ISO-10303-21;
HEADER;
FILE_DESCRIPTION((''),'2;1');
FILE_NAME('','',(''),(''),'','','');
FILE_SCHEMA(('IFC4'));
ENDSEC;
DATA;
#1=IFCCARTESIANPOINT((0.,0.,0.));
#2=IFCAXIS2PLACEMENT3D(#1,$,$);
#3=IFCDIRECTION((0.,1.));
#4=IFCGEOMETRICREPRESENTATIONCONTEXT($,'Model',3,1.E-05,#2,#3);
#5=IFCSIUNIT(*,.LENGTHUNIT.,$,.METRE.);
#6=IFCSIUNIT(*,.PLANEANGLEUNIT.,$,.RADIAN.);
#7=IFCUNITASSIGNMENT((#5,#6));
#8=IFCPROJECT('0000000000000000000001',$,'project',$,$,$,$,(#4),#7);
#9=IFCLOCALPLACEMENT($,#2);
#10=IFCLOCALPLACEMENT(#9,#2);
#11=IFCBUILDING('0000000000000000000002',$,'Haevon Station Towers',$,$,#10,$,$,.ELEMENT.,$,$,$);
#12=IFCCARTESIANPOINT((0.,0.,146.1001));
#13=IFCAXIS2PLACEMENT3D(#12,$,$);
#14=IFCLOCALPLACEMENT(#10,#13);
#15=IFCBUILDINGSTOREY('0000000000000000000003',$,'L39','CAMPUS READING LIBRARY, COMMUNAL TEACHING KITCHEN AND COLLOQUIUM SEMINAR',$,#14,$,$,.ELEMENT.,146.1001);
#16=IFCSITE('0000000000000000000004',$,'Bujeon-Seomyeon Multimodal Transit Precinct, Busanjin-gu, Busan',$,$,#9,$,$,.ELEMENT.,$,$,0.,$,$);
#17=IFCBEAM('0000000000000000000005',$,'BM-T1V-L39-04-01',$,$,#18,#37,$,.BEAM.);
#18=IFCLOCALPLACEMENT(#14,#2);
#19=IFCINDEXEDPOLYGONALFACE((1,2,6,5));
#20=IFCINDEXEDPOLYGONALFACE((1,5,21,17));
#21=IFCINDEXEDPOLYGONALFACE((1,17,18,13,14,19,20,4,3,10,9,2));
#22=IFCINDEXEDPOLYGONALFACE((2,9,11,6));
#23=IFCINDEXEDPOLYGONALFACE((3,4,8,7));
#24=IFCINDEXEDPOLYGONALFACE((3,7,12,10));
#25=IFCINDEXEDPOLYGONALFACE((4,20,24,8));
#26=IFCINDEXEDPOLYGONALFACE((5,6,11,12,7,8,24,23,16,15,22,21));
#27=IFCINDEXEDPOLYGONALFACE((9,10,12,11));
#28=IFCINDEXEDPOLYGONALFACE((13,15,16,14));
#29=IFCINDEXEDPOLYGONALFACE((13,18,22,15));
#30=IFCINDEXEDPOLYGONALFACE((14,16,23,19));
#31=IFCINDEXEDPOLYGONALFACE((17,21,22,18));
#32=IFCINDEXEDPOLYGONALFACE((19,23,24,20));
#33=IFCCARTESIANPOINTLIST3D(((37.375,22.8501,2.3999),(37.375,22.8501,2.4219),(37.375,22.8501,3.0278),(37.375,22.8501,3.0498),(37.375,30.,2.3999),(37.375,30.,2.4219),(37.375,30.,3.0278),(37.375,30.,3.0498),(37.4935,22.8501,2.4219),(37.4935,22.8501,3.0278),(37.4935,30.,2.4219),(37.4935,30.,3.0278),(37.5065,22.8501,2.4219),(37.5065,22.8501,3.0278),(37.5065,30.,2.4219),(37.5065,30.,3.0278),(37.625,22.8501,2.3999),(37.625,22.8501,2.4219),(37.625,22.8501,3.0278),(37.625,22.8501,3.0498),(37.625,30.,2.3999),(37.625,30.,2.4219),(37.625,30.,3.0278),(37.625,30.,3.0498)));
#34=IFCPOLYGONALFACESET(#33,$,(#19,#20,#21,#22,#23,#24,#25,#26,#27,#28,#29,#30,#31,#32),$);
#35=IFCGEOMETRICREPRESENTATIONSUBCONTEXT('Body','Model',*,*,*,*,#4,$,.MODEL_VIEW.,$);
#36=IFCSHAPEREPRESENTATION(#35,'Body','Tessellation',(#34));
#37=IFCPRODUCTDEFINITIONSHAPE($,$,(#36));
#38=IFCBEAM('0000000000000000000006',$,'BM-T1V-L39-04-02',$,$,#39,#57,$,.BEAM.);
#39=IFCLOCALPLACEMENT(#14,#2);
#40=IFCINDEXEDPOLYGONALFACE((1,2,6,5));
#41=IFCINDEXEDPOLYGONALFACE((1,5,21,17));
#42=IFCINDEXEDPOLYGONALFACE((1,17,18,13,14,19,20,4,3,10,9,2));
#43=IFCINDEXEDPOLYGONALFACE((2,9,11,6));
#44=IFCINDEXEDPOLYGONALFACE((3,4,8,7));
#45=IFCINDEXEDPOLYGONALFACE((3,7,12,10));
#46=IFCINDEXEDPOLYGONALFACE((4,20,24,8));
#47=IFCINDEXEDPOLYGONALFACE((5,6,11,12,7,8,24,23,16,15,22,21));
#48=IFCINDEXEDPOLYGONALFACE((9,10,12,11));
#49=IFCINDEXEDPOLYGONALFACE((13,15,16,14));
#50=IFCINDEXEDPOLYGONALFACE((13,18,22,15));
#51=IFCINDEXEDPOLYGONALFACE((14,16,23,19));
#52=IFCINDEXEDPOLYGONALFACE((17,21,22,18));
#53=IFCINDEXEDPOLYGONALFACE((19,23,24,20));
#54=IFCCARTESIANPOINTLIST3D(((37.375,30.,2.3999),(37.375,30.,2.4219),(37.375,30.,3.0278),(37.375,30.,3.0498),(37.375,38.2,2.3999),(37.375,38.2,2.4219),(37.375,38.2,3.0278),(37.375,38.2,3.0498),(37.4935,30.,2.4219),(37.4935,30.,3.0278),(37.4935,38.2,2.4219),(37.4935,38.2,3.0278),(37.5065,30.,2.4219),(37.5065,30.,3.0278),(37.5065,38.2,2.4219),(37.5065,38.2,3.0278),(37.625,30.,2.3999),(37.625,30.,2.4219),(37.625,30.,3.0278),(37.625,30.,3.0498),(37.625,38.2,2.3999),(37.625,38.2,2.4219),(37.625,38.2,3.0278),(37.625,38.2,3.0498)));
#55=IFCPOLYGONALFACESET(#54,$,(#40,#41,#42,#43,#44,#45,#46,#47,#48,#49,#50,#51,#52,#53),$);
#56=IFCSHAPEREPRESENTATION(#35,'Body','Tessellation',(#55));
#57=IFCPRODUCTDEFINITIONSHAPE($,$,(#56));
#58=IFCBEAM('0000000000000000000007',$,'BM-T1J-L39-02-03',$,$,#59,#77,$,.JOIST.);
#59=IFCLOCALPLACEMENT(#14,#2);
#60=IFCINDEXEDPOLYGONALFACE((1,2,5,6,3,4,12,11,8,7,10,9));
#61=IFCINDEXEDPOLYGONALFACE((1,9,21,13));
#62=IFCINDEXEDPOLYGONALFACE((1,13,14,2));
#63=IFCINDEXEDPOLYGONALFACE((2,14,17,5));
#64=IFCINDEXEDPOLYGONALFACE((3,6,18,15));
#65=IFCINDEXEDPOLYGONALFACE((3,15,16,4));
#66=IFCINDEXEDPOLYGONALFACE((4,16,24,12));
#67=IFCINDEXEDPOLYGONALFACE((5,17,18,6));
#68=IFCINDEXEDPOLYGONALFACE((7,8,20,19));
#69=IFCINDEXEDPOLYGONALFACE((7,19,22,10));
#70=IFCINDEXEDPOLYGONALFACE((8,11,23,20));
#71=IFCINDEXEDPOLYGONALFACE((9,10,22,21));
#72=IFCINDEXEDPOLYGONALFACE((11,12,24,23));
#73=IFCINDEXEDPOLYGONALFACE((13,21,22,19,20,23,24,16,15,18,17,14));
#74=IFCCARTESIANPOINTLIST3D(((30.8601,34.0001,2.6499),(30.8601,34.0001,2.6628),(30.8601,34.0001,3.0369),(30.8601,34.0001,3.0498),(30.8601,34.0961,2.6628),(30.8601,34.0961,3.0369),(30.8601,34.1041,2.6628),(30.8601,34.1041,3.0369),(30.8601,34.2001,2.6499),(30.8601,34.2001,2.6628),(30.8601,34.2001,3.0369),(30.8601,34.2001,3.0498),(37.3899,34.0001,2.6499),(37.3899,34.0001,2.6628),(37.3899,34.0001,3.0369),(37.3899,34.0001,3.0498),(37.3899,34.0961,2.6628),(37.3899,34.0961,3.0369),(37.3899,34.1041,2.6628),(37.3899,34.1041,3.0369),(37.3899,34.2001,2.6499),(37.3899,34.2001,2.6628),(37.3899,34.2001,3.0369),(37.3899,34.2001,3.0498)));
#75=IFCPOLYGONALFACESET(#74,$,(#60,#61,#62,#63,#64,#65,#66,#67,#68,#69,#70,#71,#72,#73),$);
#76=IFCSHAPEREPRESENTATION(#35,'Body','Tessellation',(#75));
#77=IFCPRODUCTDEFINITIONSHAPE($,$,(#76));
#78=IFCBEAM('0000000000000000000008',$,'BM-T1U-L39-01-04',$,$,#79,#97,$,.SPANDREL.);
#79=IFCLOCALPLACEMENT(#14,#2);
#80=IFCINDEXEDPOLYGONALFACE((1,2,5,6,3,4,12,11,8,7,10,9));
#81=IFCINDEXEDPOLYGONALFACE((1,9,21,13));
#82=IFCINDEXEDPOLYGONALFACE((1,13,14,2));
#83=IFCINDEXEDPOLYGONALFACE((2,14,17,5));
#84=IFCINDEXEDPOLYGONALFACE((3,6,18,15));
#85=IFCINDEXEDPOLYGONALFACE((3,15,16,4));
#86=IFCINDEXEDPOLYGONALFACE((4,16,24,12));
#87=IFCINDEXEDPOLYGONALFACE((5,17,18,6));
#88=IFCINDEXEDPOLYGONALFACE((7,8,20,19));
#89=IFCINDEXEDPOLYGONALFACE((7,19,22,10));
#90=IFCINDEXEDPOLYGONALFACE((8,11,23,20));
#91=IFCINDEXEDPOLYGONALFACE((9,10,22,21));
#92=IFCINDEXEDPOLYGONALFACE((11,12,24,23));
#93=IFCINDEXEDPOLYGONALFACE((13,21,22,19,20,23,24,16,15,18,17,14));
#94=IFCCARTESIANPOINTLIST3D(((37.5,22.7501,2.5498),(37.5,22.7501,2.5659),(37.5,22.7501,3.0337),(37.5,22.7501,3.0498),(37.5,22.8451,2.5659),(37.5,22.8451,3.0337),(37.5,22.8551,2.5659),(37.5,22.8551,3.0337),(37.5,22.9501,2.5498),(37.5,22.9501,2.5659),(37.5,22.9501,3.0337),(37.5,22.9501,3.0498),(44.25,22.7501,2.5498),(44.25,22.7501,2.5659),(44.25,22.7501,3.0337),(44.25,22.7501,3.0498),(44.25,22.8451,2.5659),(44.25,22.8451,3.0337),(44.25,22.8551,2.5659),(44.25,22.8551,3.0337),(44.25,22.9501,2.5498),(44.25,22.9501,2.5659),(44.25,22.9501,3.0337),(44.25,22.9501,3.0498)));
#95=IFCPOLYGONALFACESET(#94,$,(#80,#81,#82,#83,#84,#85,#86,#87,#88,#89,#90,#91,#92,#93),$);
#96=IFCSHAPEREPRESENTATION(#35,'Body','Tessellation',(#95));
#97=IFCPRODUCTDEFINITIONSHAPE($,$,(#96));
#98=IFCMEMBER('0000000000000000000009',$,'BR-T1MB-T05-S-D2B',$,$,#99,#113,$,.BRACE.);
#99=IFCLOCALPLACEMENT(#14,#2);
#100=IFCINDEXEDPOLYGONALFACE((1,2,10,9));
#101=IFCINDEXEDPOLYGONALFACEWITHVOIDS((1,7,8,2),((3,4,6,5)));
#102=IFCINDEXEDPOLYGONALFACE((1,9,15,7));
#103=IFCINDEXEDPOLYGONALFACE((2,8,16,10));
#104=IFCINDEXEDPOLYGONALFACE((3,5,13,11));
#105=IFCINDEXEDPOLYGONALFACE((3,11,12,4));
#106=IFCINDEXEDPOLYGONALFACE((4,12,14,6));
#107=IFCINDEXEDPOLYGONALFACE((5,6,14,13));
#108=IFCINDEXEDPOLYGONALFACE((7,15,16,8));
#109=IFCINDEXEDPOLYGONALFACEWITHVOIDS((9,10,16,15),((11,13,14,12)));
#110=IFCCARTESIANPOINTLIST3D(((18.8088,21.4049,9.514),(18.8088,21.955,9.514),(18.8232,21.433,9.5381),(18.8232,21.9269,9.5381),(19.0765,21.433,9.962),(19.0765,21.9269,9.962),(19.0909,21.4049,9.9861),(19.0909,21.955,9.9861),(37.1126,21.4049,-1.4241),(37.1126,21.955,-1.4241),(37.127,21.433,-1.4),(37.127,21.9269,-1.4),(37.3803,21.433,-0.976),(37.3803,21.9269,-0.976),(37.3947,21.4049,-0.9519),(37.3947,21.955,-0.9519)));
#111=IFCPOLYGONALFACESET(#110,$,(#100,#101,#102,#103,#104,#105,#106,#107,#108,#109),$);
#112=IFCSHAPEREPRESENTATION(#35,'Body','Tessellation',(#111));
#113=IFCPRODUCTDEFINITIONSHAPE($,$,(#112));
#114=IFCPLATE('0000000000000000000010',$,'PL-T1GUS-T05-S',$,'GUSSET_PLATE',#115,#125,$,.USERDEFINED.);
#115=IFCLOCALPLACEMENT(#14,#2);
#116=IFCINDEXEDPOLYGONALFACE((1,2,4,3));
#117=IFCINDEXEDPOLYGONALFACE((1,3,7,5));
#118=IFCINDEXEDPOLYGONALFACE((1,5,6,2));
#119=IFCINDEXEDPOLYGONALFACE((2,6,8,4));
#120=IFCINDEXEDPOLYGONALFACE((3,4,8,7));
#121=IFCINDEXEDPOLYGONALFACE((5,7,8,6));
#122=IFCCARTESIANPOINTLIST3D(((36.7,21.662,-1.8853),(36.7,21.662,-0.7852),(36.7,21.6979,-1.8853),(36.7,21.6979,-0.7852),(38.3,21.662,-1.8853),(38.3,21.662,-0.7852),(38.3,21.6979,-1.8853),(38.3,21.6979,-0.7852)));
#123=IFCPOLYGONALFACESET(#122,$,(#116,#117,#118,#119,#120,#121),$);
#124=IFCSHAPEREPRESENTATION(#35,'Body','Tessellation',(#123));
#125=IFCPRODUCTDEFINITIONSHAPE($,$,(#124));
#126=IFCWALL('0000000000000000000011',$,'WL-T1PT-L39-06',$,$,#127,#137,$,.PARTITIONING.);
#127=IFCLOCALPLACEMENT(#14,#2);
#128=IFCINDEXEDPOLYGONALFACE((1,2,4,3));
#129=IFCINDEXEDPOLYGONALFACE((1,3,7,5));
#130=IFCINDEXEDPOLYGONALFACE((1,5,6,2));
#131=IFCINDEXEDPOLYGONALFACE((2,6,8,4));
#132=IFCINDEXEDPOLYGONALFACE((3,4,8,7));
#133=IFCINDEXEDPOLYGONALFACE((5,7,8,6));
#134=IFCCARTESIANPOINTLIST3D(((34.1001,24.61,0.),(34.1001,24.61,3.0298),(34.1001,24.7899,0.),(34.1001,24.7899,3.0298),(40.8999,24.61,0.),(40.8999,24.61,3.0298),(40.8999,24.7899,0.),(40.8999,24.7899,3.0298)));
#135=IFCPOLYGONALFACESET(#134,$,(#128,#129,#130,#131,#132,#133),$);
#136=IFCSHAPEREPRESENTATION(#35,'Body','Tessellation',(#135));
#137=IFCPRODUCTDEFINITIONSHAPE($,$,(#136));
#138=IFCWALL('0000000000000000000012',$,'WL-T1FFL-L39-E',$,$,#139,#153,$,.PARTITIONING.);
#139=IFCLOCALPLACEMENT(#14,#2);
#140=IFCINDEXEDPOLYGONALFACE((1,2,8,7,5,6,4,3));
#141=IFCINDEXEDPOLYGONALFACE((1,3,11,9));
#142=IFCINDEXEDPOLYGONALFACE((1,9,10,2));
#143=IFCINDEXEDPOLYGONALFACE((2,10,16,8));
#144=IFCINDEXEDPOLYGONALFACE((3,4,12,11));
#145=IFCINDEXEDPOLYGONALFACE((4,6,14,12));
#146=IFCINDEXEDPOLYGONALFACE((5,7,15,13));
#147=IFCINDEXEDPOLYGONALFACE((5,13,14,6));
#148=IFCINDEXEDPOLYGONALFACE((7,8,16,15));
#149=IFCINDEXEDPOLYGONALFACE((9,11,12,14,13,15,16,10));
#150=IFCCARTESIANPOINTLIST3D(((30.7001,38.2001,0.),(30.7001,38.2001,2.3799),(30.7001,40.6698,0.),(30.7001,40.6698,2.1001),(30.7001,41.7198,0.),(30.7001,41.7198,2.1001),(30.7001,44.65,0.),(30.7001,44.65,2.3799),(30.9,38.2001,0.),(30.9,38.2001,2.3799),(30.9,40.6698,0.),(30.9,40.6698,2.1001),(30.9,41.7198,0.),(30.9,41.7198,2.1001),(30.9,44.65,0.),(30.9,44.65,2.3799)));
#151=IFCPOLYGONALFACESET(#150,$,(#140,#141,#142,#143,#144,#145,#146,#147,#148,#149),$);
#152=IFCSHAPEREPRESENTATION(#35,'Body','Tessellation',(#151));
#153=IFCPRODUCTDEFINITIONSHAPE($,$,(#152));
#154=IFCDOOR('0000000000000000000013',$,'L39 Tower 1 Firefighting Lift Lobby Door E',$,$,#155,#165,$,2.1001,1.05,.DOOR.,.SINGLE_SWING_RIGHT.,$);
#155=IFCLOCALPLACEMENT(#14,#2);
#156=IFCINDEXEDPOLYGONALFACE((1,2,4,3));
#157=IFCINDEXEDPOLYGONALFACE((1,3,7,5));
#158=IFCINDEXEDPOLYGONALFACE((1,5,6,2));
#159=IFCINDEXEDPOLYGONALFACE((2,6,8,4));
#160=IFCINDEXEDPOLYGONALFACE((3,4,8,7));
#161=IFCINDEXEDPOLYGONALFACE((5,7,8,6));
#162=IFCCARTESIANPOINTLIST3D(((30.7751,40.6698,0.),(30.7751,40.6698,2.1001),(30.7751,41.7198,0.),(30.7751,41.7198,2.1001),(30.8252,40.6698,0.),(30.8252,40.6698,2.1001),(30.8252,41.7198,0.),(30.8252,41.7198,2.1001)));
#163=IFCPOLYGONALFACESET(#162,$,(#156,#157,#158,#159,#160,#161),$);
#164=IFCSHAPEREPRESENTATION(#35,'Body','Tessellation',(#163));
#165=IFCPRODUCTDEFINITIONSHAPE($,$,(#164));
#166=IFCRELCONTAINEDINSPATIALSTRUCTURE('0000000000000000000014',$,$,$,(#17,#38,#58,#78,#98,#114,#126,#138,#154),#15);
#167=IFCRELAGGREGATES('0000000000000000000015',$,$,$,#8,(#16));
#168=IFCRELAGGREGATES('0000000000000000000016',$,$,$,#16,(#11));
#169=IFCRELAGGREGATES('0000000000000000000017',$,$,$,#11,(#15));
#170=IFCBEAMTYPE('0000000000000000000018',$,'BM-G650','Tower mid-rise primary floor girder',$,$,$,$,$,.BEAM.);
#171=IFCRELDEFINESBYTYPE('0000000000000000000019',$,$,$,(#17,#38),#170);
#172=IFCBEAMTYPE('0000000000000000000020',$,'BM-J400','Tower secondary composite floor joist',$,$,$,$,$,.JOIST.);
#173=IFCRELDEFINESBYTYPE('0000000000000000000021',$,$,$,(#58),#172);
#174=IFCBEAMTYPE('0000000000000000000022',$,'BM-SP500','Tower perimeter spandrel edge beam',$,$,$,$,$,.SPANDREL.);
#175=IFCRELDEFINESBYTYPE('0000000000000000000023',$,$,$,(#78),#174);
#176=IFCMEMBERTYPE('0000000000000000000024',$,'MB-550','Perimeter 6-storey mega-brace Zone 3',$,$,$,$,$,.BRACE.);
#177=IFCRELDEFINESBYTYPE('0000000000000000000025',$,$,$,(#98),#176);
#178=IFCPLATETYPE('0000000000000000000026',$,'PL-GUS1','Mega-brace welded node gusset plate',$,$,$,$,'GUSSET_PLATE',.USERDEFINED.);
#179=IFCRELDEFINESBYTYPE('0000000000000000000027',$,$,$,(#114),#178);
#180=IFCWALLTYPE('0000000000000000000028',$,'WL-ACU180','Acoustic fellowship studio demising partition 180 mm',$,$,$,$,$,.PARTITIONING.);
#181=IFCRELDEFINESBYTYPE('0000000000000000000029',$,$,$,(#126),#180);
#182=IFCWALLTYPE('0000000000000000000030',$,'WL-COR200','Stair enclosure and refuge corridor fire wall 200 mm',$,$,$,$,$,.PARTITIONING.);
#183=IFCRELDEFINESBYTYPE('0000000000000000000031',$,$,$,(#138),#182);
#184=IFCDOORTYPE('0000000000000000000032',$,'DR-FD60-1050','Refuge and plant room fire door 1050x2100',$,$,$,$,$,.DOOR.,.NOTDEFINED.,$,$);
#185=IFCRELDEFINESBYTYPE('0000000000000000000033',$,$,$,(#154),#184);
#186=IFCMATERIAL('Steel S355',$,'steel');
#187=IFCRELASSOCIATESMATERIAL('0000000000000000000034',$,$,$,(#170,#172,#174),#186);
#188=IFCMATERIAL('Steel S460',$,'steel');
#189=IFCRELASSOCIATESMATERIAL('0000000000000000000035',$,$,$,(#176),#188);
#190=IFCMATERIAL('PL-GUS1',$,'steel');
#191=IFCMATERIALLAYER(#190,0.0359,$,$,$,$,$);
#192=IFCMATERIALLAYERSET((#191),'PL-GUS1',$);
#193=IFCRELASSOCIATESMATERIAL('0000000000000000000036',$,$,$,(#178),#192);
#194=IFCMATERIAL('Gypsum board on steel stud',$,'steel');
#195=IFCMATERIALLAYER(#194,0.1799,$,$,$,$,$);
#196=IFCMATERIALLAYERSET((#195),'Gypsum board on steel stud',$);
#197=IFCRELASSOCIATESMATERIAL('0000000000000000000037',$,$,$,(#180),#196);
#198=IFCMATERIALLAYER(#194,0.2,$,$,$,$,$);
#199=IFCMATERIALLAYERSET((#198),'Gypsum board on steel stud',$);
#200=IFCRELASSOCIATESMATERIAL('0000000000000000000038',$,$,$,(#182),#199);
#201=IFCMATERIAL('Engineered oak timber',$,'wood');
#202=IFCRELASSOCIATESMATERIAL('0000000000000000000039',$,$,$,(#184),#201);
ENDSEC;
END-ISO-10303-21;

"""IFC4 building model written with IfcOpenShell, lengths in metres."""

from ifc_helpers import new_model, si_unit, direction, frame, frame_2d, origin, origin_2d, place, context, subcontext, project, spatial, rectangle, hollow_rectangle, i_section, extrude, material, layer, layer_set, material_profile, profile_set, type_object, element, fill, save


model = new_model("IFC4")

# Units and contexts
model_context = context("Model", 3, precision=1e-05, world=origin(), true_north=direction((0.0, 1.0)))
body_context = subcontext(model_context, "Body", "Model", "MODEL_VIEW")
ifc_project = project(units=[si_unit("LENGTHUNIT", "METRE"), si_unit("PLANEANGLEUNIT", "RADIAN")], contexts=[model_context])

# Site, building, storey
site_placement = place(None, origin())
site = spatial("IfcSite", under=ifc_project, at=site_placement, Name="Bujeon-Seomyeon Multimodal Transit Precinct, Busanjin-gu, Busan", CompositionType="ELEMENT", RefElevation=0.0)
building_placement = place(site_placement, origin())
building = spatial("IfcBuilding", under=site, at=building_placement, Name="Haevon Station Towers", CompositionType="ELEMENT")
storey_placement = place(building_placement, frame((0.0, 0.0, 146.1001)))
storey = spatial("IfcBuildingStorey", under=building, at=storey_placement, Name="L39", Description="CAMPUS READING LIBRARY, COMMUNAL TEACHING KITCHEN AND COLLOQUIUM SEMINAR", CompositionType="ELEMENT", Elevation=146.1001)

# Shared definitions
ifc_material_1 = material(Name="Steel S355", Category="steel")

# Beams
ifc_material_profile_1 = material_profile(ifc_material_1, i_section(OverallWidth=0.25, OverallDepth=0.6499, WebThickness=0.0129, FlangeThickness=0.022, at=origin_2d()), Name="H-650x250x13x22")
ifc_profile_set_1 = profile_set([ifc_material_profile_1], Name="Steel S355")
beam_type_1 = type_object("IfcBeamType", Name="BM-G650", Description="Tower mid-rise primary floor girder", PredefinedType="BEAM", material=ifc_profile_set_1)
beam_1_placement = place(storey_placement, frame((37.5, 22.8501, 2.7249), z_axis=(0.0, 1.0, 0.0), x_axis=(-1.0, 0.0, 0.0)))
element("IfcBeam", 1, at=beam_1_placement, inside=storey, type_object=beam_type_1, Name="BM-T1V-L39-04-01", PredefinedType="BEAM", context=body_context, shape_type="SweptSolid", body=[
    extrude(i_section(OverallWidth=0.25, OverallDepth=0.6499, WebThickness=0.0129, FlangeThickness=0.022, at=origin_2d()), origin(), (0.0, 0.0, 1.0), 7.1499),
])
beam_2_placement = place(storey_placement, frame((37.5, 30.0, 2.7249), z_axis=(0.0, 1.0, 0.0), x_axis=(-1.0, 0.0, 0.0)))
element("IfcBeam", 2, at=beam_2_placement, inside=storey, type_object=beam_type_1, Name="BM-T1V-L39-04-02", PredefinedType="BEAM", context=body_context, shape_type="SweptSolid", body=[
    extrude(i_section(OverallWidth=0.25, OverallDepth=0.6499, WebThickness=0.0129, FlangeThickness=0.022, at=origin_2d()), origin(), (0.0, 0.0, 1.0), 8.2),
])
ifc_material_profile_2 = material_profile(ifc_material_1, i_section(OverallWidth=0.2, OverallDepth=0.3999, WebThickness=0.0081, FlangeThickness=0.0129, at=origin_2d()), Name="H-400x200x8x13")
ifc_profile_set_2 = profile_set([ifc_material_profile_2], Name="Steel S355")
beam_type_2 = type_object("IfcBeamType", Name="BM-J400", Description="Tower secondary composite floor joist", PredefinedType="JOIST", material=ifc_profile_set_2)
beam_3_placement = place(storey_placement, frame((30.8601, 34.1001, 2.8499), z_axis=(1.0, 0.0, 0.0), x_axis=(0.0, 1.0, 0.0)))
element("IfcBeam", 3, at=beam_3_placement, inside=storey, type_object=beam_type_2, Name="BM-T1J-L39-02-03", PredefinedType="JOIST", context=body_context, shape_type="SweptSolid", body=[
    extrude(i_section(OverallWidth=0.2, OverallDepth=0.3999, WebThickness=0.0081, FlangeThickness=0.0129, at=origin_2d()), origin(), (0.0, 0.0, 1.0), 6.5298),
])
ifc_material_profile_3 = material_profile(ifc_material_1, i_section(OverallWidth=0.2, OverallDepth=0.5, WebThickness=0.01, FlangeThickness=0.0161, at=origin_2d()), Name="H-500x200x10x16")
ifc_profile_set_3 = profile_set([ifc_material_profile_3], Name="Steel S355")
beam_type_3 = type_object("IfcBeamType", Name="BM-SP500", Description="Tower perimeter spandrel edge beam", PredefinedType="SPANDREL", material=ifc_profile_set_3)
beam_4_placement = place(storey_placement, frame((37.5, 22.8501, 2.7998), z_axis=(1.0, 0.0, 0.0), x_axis=(0.0, 1.0, 0.0)))
element("IfcBeam", 4, at=beam_4_placement, inside=storey, type_object=beam_type_3, Name="BM-T1U-L39-01-04", PredefinedType="SPANDREL", context=body_context, shape_type="SweptSolid", body=[
    extrude(i_section(OverallWidth=0.2, OverallDepth=0.5, WebThickness=0.01, FlangeThickness=0.0161, at=origin_2d()), origin(), (0.0, 0.0, 1.0), 6.75),
])

# Member
ifc_material_2 = material(Name="Steel S460", Category="steel")
ifc_material_profile_4 = material_profile(ifc_material_2, hollow_rectangle(XDim=0.55, YDim=0.55, WallThickness=0.0281, at=origin_2d()), Name="RHS-550x550x28")
ifc_profile_set_4 = profile_set([ifc_material_profile_4], Name="Steel S460")
member_type = type_object("IfcMemberType", Name="MB-550", Description="Perimeter 6-storey mega-brace Zone 3", PredefinedType="BRACE", material=ifc_profile_set_4)
member_placement = place(storey_placement, frame((37.2537, 21.6799, -1.188), z_axis=(-0.858407, 0.0, 0.512969), x_axis=(0.0, -1.0, 0.0)))
element("IfcMember", 5, at=member_placement, inside=storey, type_object=member_type, Name="BR-T1MB-T05-S-D2B", PredefinedType="BRACE", context=body_context, shape_type="SweptSolid", body=[
    extrude(hollow_rectangle(XDim=0.55, YDim=0.55, WallThickness=0.0281, at=origin_2d()), origin(), (0.0, 0.0, 1.0), 21.323),
])

# Plate
ifc_material_3 = material(Name="PL-GUS1", Category="steel")
ifc_layer_1 = layer(ifc_material_3, 0.0359)
ifc_layer_set_1 = layer_set([ifc_layer_1], Name="PL-GUS1")
plate_type = type_object("IfcPlateType", Name="PL-GUS1", Description="Mega-brace welded node gusset plate", ElementType="GUSSET_PLATE", PredefinedType="USERDEFINED", material=ifc_layer_set_1)
plate_placement = place(storey_placement, frame((37.5, 21.6799, -1.8853), z_axis=(0.0, 0.0, 1.0), x_axis=(1.0, 0.0, 0.0)))
element("IfcPlate", 6, at=plate_placement, inside=storey, type_object=plate_type, Name="PL-T1GUS-T05-S", ObjectType="GUSSET_PLATE", PredefinedType="USERDEFINED", context=body_context, shape_type="SweptSolid", body=[
    extrude(rectangle(XDim=1.6001, YDim=0.0359, at=origin_2d()), origin(), (0.0, 0.0, 1.0), 1.1001),
])

# Wall
ifc_material_4 = material(Name="Gypsum board on steel stud", Category="steel")
ifc_layer_2 = layer(ifc_material_4, 0.1799)
ifc_layer_set_2 = layer_set([ifc_layer_2], Name="Gypsum board on steel stud")
wall_type_1 = type_object("IfcWallType", Name="WL-ACU180", Description="Acoustic fellowship studio demising partition 180 mm", PredefinedType="PARTITIONING", material=ifc_layer_set_2)
wall_1_placement = place(storey_placement, frame((34.1001, 24.7, 0.0), z_axis=(0.0, 0.0, 1.0), x_axis=(1.0, 0.0, 0.0)))
element("IfcWall", 7, at=wall_1_placement, inside=storey, type_object=wall_type_1, Name="WL-T1PT-L39-06", PredefinedType="PARTITIONING", context=body_context, shape_type="SweptSolid", body=[
    extrude(rectangle(XDim=6.7998, YDim=0.1799, at=frame_2d((3.3999, 0.0))), origin(), (0.0, 0.0, 1.0), 3.0298),
])

# Wall, opening, door
ifc_layer_3 = layer(ifc_material_4, 0.2)
ifc_layer_set_3 = layer_set([ifc_layer_3], Name="Gypsum board on steel stud")
wall_type_2 = type_object("IfcWallType", Name="WL-COR200", Description="Stair enclosure and refuge corridor fire wall 200 mm", PredefinedType="PARTITIONING", material=ifc_layer_set_3)
wall_2_placement = place(storey_placement, frame((30.8, 38.2, 0.0), z_axis=(0.0, 0.0, 1.0), x_axis=(0.0, 1.0, 0.0)))
wall_2 = element("IfcWall", 8, at=wall_2_placement, inside=storey, type_object=wall_type_2, Name="WL-T1FFL-L39-E", PredefinedType="PARTITIONING", context=body_context, shape_type="SweptSolid", body=[
    extrude(rectangle(XDim=6.45, YDim=0.2, at=frame_2d((3.2251, 0.0))), origin(), (0.0, 0.0, 1.0), 2.3799),
])
opening_1_placement = place(wall_2_placement, frame((2.47, 0.0, 0.0)))
opening_1 = element("IfcOpeningElement", 9, at=opening_1_placement, cuts=wall_2, PredefinedType="OPENING", context=body_context, shape_type="SweptSolid", body=[
    extrude(rectangle(XDim=1.05, YDim=2.1001, at=frame_2d((0.5249, 1.05))), frame((0.0, 0.1099, 0.0), z_axis=(0.0, -1.0, 0.0), x_axis=(1.0, 0.0, 0.0)), (0.0, 0.0, 1.0), 0.22),
])
ifc_material_5 = material(Name="Engineered oak timber", Category="wood")
door_type_1 = type_object("IfcDoorType", Name="DR-FD60-1050", Description="Refuge and plant room fire door 1050x2100", OperationType="NOTDEFINED", PredefinedType="DOOR", material=ifc_material_5)
door_1_placement = place(opening_1_placement, origin())
door_1 = element("IfcDoor", 10, at=door_1_placement, inside=storey, type_object=door_type_1, Name="L39 Tower 1 Firefighting Lift Lobby Door E", OperationType="SINGLE_SWING_RIGHT", OverallHeight=2.1001, OverallWidth=1.05, PredefinedType="DOOR", context=body_context, shape_type="SweptSolid", body=[
    extrude(rectangle(XDim=1.05, YDim=2.1001, at=frame_2d((0.5249, 1.05))), frame((0.0, 0.0249, 0.0), z_axis=(0.0, -1.0, 0.0), x_axis=(1.0, 0.0, 0.0)), (0.0, 0.0, 1.0), 0.05),
])
fill(opening_1, door_1)

save(model, "model.ifc")
